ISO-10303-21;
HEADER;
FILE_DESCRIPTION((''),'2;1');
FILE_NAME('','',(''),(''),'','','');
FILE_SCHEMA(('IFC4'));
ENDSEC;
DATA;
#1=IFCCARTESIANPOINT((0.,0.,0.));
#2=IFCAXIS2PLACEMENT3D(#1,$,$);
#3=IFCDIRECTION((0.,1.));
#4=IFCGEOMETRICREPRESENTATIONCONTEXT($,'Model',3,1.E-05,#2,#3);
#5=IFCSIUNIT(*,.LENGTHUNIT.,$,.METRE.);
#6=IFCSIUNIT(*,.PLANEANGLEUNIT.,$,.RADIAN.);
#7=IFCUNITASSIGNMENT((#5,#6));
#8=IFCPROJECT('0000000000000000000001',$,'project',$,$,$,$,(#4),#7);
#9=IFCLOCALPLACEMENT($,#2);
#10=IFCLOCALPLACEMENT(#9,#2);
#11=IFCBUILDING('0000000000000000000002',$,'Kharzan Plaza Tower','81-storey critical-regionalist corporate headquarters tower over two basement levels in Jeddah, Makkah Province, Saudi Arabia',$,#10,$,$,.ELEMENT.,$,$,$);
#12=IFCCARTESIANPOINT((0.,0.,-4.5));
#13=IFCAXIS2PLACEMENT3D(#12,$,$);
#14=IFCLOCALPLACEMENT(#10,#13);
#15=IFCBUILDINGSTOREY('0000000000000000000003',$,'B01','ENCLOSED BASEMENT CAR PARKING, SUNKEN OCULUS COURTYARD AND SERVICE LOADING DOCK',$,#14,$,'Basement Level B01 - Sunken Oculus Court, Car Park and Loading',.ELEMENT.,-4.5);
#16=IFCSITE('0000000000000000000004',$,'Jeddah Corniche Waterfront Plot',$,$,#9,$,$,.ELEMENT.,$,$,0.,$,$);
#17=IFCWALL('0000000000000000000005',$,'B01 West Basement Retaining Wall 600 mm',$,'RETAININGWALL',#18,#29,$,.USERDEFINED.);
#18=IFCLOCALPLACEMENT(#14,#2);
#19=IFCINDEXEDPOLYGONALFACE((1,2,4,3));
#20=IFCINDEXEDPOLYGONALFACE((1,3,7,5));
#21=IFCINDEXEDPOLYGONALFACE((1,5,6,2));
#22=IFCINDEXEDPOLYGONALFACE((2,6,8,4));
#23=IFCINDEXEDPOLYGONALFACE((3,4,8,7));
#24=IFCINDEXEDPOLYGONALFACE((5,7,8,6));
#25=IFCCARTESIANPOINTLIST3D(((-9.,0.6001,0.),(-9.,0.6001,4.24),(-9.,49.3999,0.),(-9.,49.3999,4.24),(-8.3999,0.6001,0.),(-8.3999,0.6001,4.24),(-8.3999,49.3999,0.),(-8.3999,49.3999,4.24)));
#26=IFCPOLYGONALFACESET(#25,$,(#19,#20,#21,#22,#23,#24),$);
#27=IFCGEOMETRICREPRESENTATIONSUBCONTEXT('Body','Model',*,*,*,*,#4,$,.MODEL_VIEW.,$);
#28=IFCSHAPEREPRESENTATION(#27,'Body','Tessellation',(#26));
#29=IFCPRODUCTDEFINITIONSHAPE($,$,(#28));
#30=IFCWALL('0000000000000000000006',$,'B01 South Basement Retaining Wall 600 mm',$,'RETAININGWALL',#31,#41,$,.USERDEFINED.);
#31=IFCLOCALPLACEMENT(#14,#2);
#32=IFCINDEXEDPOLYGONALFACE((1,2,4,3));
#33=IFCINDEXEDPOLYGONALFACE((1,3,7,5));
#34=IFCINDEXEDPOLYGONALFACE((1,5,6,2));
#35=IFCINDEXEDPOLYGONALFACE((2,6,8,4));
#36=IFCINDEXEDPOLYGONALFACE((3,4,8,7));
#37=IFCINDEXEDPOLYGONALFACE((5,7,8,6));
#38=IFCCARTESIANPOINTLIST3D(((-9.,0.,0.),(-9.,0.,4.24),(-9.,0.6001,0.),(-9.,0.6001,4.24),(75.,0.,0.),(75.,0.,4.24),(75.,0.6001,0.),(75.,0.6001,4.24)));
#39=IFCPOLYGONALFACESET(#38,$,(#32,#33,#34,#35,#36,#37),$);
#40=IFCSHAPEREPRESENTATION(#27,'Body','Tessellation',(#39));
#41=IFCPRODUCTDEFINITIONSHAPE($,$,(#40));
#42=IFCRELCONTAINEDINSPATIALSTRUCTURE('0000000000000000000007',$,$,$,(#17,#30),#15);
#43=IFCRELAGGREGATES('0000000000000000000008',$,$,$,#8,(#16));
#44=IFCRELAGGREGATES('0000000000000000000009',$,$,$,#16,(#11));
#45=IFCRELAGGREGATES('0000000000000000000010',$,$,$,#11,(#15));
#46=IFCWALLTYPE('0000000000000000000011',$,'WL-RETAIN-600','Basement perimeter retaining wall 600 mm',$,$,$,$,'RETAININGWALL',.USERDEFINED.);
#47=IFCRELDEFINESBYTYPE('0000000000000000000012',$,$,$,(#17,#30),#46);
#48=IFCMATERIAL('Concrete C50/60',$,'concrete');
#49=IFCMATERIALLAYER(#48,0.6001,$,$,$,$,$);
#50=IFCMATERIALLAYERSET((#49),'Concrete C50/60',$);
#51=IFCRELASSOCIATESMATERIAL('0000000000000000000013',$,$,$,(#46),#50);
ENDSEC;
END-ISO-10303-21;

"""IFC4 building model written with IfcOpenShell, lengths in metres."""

from ifc_helpers import new_model, si_unit, direction, frame, frame_2d, origin, place, context, subcontext, project, spatial, rectangle, extrude, source, transform, mapped, material, layer, layer_set, type_object, element, save


model = new_model("IFC4")

# Units and contexts
model_context = context("Model", 3, precision=1e-05, world=origin(), true_north=direction((0.0, 1.0)))
body_context = subcontext(model_context, "Body", "Model", "MODEL_VIEW")
ifc_project = project(units=[si_unit("LENGTHUNIT", "METRE"), si_unit("PLANEANGLEUNIT", "RADIAN")], contexts=[model_context])

# Site, building, storey
site_placement = place(None, origin())
site = spatial("IfcSite", under=ifc_project, at=site_placement, Name="Jeddah Corniche Waterfront Plot", CompositionType="ELEMENT", RefElevation=0.0)
building_placement = place(site_placement, origin())
building = spatial("IfcBuilding", under=site, at=building_placement, Name="Kharzan Plaza Tower", Description="81-storey critical-regionalist corporate headquarters tower over two basement levels in Jeddah, Makkah Province, Saudi Arabia", CompositionType="ELEMENT")
storey_placement = place(building_placement, frame((0.0, 0.0, -4.5)))
storey = spatial("IfcBuildingStorey", under=building, at=storey_placement, Name="B01", Description="ENCLOSED BASEMENT CAR PARKING, SUNKEN OCULUS COURTYARD AND SERVICE LOADING DOCK", LongName="Basement Level B01 - Sunken Oculus Court, Car Park and Loading", CompositionType="ELEMENT", Elevation=-4.5)

# Walls
ifc_material_1 = material(Name="Concrete C50/60", Category="concrete")
ifc_layer_1 = layer(ifc_material_1, 0.6001)
ifc_layer_set_1 = layer_set([ifc_layer_1], Name="Concrete C50/60")
wall_type_1 = type_object("IfcWallType", Name="WL-RETAIN-600", Description="Basement perimeter retaining wall 600 mm", ElementType="RETAININGWALL", PredefinedType="USERDEFINED", material=ifc_layer_set_1)
shared_shape_1 = source(origin(), body_context, "Body", "SweptSolid", [
    extrude(rectangle(XDim=48.7998, YDim=0.6001, at=frame_2d((24.3999, 0.0))), origin(), (0.0, 0.0, 1.0), 4.24),
])
wall_1_placement = place(storey_placement, frame((-8.7, 0.6001, 0.0), z_axis=(0.0, 0.0, 1.0), x_axis=(0.0, 1.0, 0.0)))
element("IfcWall", 1, at=wall_1_placement, inside=storey, type_object=wall_type_1, Name="B01 West Basement Retaining Wall 600 mm", ObjectType="RETAININGWALL", PredefinedType="USERDEFINED", context=body_context, shape_type="MappedRepresentation", body=[
    mapped(shared_shape_1, transform((0.0, 0.0, 0.0), x_axis=(1.0, 0.0, 0.0), y_axis=(0.0, 1.0, 0.0), z_axis=(0.0, 0.0, 1.0))),
])
shared_shape_2 = source(origin(), body_context, "Body", "SweptSolid", [
    extrude(rectangle(XDim=84.0, YDim=0.6001, at=frame_2d((42.0, 0.0))), origin(), (0.0, 0.0, 1.0), 4.24),
])
wall_2_placement = place(storey_placement, frame((-9.0, 0.3, 0.0), z_axis=(0.0, 0.0, 1.0), x_axis=(1.0, 0.0, 0.0)))
element("IfcWall", 2, at=wall_2_placement, inside=storey, type_object=wall_type_1, Name="B01 South Basement Retaining Wall 600 mm", ObjectType="RETAININGWALL", PredefinedType="USERDEFINED", context=body_context, shape_type="MappedRepresentation", body=[
    mapped(shared_shape_2, transform((0.0, 0.0, 0.0), x_axis=(1.0, 0.0, 0.0), y_axis=(0.0, 1.0, 0.0), z_axis=(0.0, 0.0, 1.0))),
])

save(model, "model.ifc")
